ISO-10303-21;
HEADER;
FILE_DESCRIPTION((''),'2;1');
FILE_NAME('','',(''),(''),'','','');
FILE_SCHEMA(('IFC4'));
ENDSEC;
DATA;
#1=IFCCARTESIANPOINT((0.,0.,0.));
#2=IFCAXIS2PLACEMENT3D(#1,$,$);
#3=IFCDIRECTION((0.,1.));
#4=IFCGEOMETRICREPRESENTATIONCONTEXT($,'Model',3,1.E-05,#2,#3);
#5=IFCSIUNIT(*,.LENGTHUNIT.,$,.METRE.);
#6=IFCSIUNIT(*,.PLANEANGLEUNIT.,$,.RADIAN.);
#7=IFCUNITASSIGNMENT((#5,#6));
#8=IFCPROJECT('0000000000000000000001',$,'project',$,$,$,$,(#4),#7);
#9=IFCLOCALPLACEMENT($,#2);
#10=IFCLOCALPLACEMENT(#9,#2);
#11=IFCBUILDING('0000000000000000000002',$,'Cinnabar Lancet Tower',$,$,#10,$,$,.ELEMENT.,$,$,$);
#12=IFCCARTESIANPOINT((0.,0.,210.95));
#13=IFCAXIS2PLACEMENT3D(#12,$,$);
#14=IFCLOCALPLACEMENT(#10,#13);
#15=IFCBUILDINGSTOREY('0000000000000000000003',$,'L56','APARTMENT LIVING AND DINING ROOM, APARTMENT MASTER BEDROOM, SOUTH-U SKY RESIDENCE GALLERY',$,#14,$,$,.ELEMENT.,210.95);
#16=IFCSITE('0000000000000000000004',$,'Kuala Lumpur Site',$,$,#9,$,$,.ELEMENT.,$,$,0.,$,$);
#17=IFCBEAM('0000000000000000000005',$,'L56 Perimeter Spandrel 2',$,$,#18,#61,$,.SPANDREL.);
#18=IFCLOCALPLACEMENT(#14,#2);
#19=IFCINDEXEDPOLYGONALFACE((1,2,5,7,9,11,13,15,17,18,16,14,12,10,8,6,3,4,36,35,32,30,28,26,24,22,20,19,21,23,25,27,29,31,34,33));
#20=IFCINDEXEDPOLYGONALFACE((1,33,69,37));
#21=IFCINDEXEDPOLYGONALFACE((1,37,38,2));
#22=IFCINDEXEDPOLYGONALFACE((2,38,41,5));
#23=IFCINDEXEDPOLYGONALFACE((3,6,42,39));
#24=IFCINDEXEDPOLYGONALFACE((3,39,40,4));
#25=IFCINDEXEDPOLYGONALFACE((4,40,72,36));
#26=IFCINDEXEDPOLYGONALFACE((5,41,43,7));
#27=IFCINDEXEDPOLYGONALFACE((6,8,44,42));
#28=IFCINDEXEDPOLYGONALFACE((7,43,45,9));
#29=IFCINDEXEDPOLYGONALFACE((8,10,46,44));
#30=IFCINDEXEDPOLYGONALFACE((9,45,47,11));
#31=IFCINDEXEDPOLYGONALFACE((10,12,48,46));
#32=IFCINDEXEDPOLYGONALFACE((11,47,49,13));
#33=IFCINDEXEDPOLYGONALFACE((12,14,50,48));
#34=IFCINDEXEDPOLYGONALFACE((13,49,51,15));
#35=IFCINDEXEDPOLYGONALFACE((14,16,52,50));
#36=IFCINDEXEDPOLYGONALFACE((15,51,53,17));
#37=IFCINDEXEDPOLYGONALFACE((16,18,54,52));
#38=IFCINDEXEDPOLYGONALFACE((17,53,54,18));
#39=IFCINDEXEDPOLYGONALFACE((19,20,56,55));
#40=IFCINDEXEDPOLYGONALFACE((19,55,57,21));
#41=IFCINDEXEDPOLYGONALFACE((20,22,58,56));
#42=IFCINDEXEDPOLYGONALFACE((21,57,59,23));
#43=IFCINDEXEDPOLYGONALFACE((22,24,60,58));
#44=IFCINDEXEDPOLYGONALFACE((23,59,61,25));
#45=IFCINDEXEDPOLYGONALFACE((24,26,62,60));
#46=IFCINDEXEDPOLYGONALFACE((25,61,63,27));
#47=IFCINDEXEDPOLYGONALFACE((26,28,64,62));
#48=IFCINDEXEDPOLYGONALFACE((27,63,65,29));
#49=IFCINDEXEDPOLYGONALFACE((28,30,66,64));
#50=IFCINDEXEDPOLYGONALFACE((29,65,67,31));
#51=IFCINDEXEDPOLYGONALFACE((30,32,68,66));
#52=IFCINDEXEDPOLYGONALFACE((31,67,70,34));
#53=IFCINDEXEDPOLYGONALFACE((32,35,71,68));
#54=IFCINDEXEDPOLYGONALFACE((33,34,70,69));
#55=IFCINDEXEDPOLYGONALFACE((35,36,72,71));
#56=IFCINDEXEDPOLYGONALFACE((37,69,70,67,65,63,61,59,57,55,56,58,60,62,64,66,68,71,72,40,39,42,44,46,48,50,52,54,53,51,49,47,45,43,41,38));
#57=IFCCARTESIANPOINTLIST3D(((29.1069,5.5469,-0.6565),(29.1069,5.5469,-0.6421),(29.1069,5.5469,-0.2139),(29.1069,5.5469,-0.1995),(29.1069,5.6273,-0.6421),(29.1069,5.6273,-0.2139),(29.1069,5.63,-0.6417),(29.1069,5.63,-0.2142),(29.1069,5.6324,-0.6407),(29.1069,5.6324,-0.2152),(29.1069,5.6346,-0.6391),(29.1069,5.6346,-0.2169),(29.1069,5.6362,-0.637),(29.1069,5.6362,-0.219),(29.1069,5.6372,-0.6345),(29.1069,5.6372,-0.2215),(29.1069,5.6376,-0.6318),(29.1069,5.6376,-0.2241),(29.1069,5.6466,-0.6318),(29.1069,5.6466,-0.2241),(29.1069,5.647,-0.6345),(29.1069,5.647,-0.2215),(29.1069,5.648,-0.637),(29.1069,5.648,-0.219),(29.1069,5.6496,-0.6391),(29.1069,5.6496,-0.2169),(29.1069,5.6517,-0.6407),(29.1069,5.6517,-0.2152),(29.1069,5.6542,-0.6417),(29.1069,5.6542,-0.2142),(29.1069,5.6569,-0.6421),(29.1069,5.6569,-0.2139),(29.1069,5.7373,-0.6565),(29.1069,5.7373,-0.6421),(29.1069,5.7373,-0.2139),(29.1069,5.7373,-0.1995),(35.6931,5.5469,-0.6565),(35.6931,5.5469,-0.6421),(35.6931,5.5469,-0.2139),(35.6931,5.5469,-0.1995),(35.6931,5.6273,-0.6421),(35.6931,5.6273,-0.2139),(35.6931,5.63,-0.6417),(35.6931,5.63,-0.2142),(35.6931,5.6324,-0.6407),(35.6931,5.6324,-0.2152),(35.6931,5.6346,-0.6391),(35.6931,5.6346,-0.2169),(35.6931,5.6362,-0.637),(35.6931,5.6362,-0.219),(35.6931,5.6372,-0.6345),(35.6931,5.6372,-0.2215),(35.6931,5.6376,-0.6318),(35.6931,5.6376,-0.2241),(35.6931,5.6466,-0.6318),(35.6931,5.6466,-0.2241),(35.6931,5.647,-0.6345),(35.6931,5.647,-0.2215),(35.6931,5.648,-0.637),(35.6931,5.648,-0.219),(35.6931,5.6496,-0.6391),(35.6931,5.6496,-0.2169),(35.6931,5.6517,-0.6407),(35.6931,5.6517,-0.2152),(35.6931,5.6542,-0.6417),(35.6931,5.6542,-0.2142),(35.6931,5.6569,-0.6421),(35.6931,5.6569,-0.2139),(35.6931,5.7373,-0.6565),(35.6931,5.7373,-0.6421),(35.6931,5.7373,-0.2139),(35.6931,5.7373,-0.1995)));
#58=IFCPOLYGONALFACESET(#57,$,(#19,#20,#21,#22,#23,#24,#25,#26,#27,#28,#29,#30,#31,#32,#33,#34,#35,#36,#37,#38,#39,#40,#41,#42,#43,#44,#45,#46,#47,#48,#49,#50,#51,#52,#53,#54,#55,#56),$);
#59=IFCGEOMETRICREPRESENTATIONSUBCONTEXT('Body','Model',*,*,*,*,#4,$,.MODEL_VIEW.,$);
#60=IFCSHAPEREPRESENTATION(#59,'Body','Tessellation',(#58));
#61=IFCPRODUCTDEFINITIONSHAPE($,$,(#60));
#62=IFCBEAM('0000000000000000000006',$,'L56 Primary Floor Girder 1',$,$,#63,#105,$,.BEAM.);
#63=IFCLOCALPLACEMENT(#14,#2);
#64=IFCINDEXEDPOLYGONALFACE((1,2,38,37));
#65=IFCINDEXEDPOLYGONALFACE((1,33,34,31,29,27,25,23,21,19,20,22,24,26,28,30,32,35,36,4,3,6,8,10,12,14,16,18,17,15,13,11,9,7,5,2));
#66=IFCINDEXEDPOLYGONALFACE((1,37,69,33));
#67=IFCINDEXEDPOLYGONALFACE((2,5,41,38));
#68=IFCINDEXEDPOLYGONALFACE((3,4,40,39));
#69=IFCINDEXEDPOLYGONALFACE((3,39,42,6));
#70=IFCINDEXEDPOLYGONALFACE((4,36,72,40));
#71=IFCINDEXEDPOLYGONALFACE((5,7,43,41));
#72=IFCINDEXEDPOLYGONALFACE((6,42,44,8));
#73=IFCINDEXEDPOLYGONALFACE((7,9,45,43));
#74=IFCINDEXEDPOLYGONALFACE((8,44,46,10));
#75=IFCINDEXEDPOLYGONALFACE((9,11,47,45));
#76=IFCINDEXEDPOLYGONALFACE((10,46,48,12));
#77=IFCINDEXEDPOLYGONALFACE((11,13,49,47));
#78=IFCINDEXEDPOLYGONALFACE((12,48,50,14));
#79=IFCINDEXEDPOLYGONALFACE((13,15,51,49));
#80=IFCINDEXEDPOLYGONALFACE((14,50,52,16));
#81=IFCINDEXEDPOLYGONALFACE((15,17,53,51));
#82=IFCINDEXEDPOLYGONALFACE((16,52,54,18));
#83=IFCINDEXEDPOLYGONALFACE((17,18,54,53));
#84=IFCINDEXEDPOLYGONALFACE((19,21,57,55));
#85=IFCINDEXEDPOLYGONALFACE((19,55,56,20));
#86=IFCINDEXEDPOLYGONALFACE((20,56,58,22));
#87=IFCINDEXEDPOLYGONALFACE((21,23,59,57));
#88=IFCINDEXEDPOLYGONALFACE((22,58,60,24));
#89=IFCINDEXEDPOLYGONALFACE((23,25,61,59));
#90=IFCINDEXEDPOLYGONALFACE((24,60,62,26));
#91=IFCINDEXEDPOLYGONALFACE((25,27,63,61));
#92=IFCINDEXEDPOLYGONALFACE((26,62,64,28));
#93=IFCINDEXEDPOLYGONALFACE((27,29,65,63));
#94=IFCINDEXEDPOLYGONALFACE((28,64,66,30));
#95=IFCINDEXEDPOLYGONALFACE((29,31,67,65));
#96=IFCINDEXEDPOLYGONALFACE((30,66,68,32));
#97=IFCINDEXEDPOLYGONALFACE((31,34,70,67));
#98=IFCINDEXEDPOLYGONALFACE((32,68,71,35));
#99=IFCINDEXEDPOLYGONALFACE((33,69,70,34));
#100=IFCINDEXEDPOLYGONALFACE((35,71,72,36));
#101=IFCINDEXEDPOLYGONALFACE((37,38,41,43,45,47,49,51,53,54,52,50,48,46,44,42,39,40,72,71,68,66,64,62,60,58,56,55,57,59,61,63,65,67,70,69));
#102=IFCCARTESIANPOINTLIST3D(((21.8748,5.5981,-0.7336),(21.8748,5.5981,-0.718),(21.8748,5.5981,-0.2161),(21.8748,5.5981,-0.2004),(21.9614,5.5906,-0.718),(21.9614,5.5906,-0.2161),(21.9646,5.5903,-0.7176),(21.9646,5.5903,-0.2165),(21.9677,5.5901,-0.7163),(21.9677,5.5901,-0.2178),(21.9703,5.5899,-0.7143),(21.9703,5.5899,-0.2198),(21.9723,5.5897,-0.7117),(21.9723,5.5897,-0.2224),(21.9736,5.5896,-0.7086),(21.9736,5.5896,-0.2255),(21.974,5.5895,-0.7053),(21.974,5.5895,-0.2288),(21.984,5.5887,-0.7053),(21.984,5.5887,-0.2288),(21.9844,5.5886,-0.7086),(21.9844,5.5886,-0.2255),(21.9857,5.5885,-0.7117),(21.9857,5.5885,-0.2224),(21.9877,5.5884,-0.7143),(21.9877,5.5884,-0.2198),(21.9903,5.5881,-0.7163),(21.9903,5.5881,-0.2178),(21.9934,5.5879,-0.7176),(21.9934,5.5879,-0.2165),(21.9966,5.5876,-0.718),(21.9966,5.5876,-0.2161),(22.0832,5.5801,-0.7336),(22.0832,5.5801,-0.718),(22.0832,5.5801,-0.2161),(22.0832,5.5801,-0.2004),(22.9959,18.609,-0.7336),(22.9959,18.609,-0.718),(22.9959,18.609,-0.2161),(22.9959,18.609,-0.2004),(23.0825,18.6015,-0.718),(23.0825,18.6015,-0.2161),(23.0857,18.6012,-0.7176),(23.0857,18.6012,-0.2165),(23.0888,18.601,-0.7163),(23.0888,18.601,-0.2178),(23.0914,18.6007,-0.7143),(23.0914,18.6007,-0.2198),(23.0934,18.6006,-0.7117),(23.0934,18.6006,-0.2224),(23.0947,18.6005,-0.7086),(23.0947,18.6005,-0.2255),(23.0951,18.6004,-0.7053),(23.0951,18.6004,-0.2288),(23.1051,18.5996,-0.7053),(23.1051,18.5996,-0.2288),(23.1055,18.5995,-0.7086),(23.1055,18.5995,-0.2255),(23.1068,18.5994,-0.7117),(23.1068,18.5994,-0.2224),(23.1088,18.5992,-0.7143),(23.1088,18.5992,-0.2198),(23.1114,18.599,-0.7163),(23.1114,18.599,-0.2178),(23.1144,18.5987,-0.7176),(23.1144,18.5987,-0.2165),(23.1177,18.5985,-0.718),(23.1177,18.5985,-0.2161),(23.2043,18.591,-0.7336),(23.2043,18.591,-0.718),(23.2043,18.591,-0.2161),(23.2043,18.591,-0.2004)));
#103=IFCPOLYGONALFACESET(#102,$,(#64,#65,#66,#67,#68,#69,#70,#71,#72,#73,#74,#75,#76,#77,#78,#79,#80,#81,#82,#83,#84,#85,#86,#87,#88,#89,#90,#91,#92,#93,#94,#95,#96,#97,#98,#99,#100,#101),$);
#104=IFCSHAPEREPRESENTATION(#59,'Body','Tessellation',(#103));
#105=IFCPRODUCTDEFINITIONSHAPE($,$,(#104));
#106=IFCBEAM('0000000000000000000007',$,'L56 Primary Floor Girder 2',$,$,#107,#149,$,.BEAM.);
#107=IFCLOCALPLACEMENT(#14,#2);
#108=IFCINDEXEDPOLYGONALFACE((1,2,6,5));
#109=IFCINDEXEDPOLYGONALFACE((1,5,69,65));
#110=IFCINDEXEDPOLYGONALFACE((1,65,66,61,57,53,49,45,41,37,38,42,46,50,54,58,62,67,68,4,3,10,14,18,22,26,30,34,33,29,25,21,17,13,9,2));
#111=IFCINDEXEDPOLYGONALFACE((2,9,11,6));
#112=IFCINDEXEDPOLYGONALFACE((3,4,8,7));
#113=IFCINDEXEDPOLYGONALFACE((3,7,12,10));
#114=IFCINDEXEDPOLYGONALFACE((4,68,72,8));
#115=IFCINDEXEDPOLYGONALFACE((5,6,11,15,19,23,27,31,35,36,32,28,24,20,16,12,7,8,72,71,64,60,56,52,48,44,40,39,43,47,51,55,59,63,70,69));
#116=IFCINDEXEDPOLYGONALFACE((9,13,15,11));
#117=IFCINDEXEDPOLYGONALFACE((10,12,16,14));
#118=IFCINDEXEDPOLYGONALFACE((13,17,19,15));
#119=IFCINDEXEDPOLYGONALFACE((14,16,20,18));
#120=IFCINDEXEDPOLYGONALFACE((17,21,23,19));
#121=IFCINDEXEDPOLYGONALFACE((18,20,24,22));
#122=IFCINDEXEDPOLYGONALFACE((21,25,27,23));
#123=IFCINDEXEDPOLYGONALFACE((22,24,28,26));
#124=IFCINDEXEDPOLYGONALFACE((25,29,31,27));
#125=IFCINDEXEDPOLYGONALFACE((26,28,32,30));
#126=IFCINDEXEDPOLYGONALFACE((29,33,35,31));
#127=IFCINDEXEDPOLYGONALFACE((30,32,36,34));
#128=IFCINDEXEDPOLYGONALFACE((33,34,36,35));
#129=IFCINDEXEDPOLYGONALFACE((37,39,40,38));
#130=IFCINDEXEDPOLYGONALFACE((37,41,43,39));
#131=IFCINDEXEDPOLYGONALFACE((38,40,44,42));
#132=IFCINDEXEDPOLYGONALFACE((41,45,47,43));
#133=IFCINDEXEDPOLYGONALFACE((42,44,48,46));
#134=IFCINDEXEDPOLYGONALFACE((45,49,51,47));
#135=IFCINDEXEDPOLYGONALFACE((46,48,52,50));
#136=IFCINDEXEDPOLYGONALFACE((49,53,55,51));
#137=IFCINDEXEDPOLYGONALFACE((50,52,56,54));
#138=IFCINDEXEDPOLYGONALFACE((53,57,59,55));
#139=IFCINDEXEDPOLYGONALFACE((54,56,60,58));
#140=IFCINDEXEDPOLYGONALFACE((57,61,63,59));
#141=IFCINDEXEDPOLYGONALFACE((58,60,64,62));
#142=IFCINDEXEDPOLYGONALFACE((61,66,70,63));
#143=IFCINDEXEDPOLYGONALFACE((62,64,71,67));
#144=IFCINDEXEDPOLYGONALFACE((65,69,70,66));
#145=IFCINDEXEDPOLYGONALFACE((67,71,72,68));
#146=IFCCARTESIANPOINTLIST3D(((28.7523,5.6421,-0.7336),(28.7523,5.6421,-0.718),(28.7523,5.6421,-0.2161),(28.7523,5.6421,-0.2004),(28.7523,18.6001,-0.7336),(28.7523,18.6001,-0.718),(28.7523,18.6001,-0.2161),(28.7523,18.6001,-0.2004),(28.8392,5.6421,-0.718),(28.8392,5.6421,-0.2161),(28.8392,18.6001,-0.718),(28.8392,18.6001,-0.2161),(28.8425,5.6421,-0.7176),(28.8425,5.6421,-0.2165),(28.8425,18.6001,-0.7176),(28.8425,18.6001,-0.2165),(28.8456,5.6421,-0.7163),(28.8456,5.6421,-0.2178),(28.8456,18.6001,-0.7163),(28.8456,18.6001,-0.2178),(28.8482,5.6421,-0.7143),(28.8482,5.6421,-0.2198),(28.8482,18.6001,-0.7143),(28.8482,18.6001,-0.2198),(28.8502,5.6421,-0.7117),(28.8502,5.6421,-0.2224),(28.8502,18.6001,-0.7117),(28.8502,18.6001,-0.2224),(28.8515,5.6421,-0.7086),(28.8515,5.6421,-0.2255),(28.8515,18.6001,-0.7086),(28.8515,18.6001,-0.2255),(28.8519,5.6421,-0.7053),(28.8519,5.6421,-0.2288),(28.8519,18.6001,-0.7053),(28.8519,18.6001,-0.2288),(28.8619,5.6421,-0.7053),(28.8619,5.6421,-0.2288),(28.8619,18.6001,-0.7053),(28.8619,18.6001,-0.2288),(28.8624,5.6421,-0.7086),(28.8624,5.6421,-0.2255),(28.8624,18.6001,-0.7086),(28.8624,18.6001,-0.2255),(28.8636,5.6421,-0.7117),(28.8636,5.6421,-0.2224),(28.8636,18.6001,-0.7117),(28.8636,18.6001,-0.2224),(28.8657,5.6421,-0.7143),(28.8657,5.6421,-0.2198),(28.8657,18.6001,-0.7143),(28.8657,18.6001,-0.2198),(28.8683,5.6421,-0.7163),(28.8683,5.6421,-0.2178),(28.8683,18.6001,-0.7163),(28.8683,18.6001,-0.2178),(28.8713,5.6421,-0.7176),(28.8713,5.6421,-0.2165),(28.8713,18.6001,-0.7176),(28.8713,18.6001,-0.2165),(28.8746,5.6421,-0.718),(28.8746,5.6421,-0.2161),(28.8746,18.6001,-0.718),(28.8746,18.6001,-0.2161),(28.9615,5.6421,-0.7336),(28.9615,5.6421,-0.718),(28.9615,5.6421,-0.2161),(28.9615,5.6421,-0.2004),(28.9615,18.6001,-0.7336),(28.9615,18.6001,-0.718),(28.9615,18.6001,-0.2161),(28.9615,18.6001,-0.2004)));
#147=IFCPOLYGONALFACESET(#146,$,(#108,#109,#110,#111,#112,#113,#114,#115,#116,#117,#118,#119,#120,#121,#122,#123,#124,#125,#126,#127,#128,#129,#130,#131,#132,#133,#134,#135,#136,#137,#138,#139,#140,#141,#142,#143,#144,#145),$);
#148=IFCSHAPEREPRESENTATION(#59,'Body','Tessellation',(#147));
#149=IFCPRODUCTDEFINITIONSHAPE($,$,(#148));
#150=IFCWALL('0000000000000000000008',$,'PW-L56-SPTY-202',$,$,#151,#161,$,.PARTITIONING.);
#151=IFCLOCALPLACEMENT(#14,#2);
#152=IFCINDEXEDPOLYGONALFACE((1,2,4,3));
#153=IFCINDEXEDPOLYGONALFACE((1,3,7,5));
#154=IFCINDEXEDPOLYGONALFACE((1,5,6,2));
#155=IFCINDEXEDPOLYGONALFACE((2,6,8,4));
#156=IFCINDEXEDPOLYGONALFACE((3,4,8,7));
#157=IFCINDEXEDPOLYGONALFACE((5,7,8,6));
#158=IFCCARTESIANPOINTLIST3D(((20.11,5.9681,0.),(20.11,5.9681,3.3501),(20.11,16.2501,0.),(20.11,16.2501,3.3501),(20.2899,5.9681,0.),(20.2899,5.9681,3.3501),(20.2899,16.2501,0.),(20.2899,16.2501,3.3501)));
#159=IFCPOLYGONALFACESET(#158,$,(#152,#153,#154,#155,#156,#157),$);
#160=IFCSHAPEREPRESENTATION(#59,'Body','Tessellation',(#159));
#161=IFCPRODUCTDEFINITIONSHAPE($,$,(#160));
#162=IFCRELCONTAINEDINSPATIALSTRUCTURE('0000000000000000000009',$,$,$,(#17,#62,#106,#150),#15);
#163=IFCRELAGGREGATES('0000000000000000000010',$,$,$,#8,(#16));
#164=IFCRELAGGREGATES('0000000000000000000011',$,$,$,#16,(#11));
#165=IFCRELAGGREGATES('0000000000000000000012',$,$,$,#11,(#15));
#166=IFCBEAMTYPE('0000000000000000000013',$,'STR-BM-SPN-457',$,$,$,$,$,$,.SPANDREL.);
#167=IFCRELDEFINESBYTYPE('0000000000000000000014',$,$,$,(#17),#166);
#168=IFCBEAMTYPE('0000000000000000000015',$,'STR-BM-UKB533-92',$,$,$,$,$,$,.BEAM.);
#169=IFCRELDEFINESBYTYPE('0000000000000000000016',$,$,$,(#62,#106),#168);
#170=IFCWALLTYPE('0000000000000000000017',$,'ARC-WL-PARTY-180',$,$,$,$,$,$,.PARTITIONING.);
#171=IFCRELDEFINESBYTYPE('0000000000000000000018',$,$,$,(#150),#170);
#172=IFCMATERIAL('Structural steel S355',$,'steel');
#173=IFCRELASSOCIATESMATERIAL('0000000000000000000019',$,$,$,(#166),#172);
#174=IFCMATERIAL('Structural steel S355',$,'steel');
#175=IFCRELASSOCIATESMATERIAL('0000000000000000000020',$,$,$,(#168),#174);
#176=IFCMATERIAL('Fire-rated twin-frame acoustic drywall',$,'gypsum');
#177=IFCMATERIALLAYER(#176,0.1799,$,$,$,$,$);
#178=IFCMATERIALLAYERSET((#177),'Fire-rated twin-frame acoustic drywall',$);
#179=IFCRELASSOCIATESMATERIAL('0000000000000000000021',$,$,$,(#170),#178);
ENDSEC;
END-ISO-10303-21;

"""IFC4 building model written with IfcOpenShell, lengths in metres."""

from ifc_helpers import new_model, si_unit, direction, frame, frame_2d, origin, origin_2d, place, context, subcontext, project, spatial, rectangle, i_section, extrude, material, layer, layer_set, material_profile, profile_set, type_object, element, save


model = new_model("IFC4")

# Units and contexts
model_context = context("Model", 3, precision=1e-05, world=origin(), true_north=direction((0.0, 1.0)))
body_context = subcontext(model_context, "Body", "Model", "MODEL_VIEW")
ifc_project = project(units=[si_unit("LENGTHUNIT", "METRE"), si_unit("PLANEANGLEUNIT", "RADIAN")], contexts=[model_context])

# Site, building, storey
site_placement = place(None, origin())
site = spatial("IfcSite", under=ifc_project, at=site_placement, Name="Kuala Lumpur Site", CompositionType="ELEMENT", RefElevation=0.0)
building_placement = place(site_placement, origin())
building = spatial("IfcBuilding", under=site, at=building_placement, Name="Cinnabar Lancet Tower", CompositionType="ELEMENT")
storey_placement = place(building_placement, frame((0.0, 0.0, 210.95)))
storey = spatial("IfcBuildingStorey", under=building, at=storey_placement, Name="L56", Description="APARTMENT LIVING AND DINING ROOM, APARTMENT MASTER BEDROOM, SOUTH-U SKY RESIDENCE GALLERY", CompositionType="ELEMENT", Elevation=210.95)

# Beams
ifc_material_1 = material(Name="Structural steel S355", Category="steel")
ifc_material_profile_1 = material_profile(ifc_material_1, i_section(OverallWidth=0.1904, OverallDepth=0.457, WebThickness=0.009, FlangeThickness=0.0144, FilletRadius=0.0103, at=origin_2d()), Name="UKB 457x191x74")
ifc_profile_set_1 = profile_set([ifc_material_profile_1], Name="Structural steel S355")
beam_type_1 = type_object("IfcBeamType", Name="STR-BM-SPN-457", PredefinedType="SPANDREL", material=ifc_profile_set_1)
beam_1_placement = place(storey_placement, frame((29.1069, 5.6421, -0.428), z_axis=(1.0, 0.0, 0.0), x_axis=(0.0, 1.0, 0.0)))
element("IfcBeam", 1, at=beam_1_placement, inside=storey, type_object=beam_type_1, Name="L56 Perimeter Spandrel 2", PredefinedType="SPANDREL", context=body_context, shape_type="SweptSolid", body=[
    extrude(i_section(OverallWidth=0.1904, OverallDepth=0.457, WebThickness=0.009, FlangeThickness=0.0144, FilletRadius=0.0103, at=origin_2d()), origin(), (0.0, 0.0, 1.0), 6.5862),
])
ifc_material_2 = material(Name="Structural steel S355", Category="steel")
ifc_material_profile_2 = material_profile(ifc_material_2, i_section(OverallWidth=0.2092, OverallDepth=0.5332, WebThickness=0.01, FlangeThickness=0.0156, FilletRadius=0.0127, at=origin_2d()), Name="UKB 533x210x92")
ifc_profile_set_2 = profile_set([ifc_material_profile_2], Name="Structural steel S355")
beam_type_2 = type_object("IfcBeamType", Name="STR-BM-UKB533-92", PredefinedType="BEAM", material=ifc_profile_set_2)
beam_2_placement = place(storey_placement, frame((21.979, 5.5891, -0.467), z_axis=(0.085847, 0.996308, 0.0), x_axis=(-0.996308, 0.085847, 0.0)))
element("IfcBeam", 2, at=beam_2_placement, inside=storey, type_object=beam_type_2, Name="L56 Primary Floor Girder 1", PredefinedType="BEAM", context=body_context, shape_type="SweptSolid", body=[
    extrude(i_section(OverallWidth=0.2092, OverallDepth=0.5332, WebThickness=0.01, FlangeThickness=0.0156, FilletRadius=0.0127, at=origin_2d()), origin(), (0.0, 0.0, 1.0), 13.0591),
])
beam_3_placement = place(storey_placement, frame((28.8569, 5.6421, -0.467), z_axis=(0.0, 1.0, 0.0), x_axis=(-1.0, 0.0, 0.0)))
element("IfcBeam", 3, at=beam_3_placement, inside=storey, type_object=beam_type_2, Name="L56 Primary Floor Girder 2", PredefinedType="BEAM", context=body_context, shape_type="SweptSolid", body=[
    extrude(i_section(OverallWidth=0.2092, OverallDepth=0.5332, WebThickness=0.01, FlangeThickness=0.0156, FilletRadius=0.0127, at=origin_2d()), origin(), (0.0, 0.0, 1.0), 12.958),
])

# Wall
ifc_material_3 = material(Name="Fire-rated twin-frame acoustic drywall", Category="gypsum")
ifc_layer_1 = layer(ifc_material_3, 0.1799)
ifc_layer_set_1 = layer_set([ifc_layer_1], Name="Fire-rated twin-frame acoustic drywall")
wall_type_1 = type_object("IfcWallType", Name="ARC-WL-PARTY-180", PredefinedType="PARTITIONING", material=ifc_layer_set_1)
wall_1_placement = place(storey_placement, frame((20.2, 5.968, 0.0), z_axis=(0.0, 0.0, 1.0), x_axis=(0.0, 1.0, 0.0)))
element("IfcWall", 4, at=wall_1_placement, inside=storey, type_object=wall_type_1, Name="PW-L56-SPTY-202", PredefinedType="PARTITIONING", context=body_context, shape_type="SweptSolid", body=[
    extrude(rectangle(XDim=10.282, YDim=0.1799, at=frame_2d((5.1411, 0.0))), origin(), (0.0, 0.0, 1.0), 3.3501),
])

save(model, "model.ifc")
